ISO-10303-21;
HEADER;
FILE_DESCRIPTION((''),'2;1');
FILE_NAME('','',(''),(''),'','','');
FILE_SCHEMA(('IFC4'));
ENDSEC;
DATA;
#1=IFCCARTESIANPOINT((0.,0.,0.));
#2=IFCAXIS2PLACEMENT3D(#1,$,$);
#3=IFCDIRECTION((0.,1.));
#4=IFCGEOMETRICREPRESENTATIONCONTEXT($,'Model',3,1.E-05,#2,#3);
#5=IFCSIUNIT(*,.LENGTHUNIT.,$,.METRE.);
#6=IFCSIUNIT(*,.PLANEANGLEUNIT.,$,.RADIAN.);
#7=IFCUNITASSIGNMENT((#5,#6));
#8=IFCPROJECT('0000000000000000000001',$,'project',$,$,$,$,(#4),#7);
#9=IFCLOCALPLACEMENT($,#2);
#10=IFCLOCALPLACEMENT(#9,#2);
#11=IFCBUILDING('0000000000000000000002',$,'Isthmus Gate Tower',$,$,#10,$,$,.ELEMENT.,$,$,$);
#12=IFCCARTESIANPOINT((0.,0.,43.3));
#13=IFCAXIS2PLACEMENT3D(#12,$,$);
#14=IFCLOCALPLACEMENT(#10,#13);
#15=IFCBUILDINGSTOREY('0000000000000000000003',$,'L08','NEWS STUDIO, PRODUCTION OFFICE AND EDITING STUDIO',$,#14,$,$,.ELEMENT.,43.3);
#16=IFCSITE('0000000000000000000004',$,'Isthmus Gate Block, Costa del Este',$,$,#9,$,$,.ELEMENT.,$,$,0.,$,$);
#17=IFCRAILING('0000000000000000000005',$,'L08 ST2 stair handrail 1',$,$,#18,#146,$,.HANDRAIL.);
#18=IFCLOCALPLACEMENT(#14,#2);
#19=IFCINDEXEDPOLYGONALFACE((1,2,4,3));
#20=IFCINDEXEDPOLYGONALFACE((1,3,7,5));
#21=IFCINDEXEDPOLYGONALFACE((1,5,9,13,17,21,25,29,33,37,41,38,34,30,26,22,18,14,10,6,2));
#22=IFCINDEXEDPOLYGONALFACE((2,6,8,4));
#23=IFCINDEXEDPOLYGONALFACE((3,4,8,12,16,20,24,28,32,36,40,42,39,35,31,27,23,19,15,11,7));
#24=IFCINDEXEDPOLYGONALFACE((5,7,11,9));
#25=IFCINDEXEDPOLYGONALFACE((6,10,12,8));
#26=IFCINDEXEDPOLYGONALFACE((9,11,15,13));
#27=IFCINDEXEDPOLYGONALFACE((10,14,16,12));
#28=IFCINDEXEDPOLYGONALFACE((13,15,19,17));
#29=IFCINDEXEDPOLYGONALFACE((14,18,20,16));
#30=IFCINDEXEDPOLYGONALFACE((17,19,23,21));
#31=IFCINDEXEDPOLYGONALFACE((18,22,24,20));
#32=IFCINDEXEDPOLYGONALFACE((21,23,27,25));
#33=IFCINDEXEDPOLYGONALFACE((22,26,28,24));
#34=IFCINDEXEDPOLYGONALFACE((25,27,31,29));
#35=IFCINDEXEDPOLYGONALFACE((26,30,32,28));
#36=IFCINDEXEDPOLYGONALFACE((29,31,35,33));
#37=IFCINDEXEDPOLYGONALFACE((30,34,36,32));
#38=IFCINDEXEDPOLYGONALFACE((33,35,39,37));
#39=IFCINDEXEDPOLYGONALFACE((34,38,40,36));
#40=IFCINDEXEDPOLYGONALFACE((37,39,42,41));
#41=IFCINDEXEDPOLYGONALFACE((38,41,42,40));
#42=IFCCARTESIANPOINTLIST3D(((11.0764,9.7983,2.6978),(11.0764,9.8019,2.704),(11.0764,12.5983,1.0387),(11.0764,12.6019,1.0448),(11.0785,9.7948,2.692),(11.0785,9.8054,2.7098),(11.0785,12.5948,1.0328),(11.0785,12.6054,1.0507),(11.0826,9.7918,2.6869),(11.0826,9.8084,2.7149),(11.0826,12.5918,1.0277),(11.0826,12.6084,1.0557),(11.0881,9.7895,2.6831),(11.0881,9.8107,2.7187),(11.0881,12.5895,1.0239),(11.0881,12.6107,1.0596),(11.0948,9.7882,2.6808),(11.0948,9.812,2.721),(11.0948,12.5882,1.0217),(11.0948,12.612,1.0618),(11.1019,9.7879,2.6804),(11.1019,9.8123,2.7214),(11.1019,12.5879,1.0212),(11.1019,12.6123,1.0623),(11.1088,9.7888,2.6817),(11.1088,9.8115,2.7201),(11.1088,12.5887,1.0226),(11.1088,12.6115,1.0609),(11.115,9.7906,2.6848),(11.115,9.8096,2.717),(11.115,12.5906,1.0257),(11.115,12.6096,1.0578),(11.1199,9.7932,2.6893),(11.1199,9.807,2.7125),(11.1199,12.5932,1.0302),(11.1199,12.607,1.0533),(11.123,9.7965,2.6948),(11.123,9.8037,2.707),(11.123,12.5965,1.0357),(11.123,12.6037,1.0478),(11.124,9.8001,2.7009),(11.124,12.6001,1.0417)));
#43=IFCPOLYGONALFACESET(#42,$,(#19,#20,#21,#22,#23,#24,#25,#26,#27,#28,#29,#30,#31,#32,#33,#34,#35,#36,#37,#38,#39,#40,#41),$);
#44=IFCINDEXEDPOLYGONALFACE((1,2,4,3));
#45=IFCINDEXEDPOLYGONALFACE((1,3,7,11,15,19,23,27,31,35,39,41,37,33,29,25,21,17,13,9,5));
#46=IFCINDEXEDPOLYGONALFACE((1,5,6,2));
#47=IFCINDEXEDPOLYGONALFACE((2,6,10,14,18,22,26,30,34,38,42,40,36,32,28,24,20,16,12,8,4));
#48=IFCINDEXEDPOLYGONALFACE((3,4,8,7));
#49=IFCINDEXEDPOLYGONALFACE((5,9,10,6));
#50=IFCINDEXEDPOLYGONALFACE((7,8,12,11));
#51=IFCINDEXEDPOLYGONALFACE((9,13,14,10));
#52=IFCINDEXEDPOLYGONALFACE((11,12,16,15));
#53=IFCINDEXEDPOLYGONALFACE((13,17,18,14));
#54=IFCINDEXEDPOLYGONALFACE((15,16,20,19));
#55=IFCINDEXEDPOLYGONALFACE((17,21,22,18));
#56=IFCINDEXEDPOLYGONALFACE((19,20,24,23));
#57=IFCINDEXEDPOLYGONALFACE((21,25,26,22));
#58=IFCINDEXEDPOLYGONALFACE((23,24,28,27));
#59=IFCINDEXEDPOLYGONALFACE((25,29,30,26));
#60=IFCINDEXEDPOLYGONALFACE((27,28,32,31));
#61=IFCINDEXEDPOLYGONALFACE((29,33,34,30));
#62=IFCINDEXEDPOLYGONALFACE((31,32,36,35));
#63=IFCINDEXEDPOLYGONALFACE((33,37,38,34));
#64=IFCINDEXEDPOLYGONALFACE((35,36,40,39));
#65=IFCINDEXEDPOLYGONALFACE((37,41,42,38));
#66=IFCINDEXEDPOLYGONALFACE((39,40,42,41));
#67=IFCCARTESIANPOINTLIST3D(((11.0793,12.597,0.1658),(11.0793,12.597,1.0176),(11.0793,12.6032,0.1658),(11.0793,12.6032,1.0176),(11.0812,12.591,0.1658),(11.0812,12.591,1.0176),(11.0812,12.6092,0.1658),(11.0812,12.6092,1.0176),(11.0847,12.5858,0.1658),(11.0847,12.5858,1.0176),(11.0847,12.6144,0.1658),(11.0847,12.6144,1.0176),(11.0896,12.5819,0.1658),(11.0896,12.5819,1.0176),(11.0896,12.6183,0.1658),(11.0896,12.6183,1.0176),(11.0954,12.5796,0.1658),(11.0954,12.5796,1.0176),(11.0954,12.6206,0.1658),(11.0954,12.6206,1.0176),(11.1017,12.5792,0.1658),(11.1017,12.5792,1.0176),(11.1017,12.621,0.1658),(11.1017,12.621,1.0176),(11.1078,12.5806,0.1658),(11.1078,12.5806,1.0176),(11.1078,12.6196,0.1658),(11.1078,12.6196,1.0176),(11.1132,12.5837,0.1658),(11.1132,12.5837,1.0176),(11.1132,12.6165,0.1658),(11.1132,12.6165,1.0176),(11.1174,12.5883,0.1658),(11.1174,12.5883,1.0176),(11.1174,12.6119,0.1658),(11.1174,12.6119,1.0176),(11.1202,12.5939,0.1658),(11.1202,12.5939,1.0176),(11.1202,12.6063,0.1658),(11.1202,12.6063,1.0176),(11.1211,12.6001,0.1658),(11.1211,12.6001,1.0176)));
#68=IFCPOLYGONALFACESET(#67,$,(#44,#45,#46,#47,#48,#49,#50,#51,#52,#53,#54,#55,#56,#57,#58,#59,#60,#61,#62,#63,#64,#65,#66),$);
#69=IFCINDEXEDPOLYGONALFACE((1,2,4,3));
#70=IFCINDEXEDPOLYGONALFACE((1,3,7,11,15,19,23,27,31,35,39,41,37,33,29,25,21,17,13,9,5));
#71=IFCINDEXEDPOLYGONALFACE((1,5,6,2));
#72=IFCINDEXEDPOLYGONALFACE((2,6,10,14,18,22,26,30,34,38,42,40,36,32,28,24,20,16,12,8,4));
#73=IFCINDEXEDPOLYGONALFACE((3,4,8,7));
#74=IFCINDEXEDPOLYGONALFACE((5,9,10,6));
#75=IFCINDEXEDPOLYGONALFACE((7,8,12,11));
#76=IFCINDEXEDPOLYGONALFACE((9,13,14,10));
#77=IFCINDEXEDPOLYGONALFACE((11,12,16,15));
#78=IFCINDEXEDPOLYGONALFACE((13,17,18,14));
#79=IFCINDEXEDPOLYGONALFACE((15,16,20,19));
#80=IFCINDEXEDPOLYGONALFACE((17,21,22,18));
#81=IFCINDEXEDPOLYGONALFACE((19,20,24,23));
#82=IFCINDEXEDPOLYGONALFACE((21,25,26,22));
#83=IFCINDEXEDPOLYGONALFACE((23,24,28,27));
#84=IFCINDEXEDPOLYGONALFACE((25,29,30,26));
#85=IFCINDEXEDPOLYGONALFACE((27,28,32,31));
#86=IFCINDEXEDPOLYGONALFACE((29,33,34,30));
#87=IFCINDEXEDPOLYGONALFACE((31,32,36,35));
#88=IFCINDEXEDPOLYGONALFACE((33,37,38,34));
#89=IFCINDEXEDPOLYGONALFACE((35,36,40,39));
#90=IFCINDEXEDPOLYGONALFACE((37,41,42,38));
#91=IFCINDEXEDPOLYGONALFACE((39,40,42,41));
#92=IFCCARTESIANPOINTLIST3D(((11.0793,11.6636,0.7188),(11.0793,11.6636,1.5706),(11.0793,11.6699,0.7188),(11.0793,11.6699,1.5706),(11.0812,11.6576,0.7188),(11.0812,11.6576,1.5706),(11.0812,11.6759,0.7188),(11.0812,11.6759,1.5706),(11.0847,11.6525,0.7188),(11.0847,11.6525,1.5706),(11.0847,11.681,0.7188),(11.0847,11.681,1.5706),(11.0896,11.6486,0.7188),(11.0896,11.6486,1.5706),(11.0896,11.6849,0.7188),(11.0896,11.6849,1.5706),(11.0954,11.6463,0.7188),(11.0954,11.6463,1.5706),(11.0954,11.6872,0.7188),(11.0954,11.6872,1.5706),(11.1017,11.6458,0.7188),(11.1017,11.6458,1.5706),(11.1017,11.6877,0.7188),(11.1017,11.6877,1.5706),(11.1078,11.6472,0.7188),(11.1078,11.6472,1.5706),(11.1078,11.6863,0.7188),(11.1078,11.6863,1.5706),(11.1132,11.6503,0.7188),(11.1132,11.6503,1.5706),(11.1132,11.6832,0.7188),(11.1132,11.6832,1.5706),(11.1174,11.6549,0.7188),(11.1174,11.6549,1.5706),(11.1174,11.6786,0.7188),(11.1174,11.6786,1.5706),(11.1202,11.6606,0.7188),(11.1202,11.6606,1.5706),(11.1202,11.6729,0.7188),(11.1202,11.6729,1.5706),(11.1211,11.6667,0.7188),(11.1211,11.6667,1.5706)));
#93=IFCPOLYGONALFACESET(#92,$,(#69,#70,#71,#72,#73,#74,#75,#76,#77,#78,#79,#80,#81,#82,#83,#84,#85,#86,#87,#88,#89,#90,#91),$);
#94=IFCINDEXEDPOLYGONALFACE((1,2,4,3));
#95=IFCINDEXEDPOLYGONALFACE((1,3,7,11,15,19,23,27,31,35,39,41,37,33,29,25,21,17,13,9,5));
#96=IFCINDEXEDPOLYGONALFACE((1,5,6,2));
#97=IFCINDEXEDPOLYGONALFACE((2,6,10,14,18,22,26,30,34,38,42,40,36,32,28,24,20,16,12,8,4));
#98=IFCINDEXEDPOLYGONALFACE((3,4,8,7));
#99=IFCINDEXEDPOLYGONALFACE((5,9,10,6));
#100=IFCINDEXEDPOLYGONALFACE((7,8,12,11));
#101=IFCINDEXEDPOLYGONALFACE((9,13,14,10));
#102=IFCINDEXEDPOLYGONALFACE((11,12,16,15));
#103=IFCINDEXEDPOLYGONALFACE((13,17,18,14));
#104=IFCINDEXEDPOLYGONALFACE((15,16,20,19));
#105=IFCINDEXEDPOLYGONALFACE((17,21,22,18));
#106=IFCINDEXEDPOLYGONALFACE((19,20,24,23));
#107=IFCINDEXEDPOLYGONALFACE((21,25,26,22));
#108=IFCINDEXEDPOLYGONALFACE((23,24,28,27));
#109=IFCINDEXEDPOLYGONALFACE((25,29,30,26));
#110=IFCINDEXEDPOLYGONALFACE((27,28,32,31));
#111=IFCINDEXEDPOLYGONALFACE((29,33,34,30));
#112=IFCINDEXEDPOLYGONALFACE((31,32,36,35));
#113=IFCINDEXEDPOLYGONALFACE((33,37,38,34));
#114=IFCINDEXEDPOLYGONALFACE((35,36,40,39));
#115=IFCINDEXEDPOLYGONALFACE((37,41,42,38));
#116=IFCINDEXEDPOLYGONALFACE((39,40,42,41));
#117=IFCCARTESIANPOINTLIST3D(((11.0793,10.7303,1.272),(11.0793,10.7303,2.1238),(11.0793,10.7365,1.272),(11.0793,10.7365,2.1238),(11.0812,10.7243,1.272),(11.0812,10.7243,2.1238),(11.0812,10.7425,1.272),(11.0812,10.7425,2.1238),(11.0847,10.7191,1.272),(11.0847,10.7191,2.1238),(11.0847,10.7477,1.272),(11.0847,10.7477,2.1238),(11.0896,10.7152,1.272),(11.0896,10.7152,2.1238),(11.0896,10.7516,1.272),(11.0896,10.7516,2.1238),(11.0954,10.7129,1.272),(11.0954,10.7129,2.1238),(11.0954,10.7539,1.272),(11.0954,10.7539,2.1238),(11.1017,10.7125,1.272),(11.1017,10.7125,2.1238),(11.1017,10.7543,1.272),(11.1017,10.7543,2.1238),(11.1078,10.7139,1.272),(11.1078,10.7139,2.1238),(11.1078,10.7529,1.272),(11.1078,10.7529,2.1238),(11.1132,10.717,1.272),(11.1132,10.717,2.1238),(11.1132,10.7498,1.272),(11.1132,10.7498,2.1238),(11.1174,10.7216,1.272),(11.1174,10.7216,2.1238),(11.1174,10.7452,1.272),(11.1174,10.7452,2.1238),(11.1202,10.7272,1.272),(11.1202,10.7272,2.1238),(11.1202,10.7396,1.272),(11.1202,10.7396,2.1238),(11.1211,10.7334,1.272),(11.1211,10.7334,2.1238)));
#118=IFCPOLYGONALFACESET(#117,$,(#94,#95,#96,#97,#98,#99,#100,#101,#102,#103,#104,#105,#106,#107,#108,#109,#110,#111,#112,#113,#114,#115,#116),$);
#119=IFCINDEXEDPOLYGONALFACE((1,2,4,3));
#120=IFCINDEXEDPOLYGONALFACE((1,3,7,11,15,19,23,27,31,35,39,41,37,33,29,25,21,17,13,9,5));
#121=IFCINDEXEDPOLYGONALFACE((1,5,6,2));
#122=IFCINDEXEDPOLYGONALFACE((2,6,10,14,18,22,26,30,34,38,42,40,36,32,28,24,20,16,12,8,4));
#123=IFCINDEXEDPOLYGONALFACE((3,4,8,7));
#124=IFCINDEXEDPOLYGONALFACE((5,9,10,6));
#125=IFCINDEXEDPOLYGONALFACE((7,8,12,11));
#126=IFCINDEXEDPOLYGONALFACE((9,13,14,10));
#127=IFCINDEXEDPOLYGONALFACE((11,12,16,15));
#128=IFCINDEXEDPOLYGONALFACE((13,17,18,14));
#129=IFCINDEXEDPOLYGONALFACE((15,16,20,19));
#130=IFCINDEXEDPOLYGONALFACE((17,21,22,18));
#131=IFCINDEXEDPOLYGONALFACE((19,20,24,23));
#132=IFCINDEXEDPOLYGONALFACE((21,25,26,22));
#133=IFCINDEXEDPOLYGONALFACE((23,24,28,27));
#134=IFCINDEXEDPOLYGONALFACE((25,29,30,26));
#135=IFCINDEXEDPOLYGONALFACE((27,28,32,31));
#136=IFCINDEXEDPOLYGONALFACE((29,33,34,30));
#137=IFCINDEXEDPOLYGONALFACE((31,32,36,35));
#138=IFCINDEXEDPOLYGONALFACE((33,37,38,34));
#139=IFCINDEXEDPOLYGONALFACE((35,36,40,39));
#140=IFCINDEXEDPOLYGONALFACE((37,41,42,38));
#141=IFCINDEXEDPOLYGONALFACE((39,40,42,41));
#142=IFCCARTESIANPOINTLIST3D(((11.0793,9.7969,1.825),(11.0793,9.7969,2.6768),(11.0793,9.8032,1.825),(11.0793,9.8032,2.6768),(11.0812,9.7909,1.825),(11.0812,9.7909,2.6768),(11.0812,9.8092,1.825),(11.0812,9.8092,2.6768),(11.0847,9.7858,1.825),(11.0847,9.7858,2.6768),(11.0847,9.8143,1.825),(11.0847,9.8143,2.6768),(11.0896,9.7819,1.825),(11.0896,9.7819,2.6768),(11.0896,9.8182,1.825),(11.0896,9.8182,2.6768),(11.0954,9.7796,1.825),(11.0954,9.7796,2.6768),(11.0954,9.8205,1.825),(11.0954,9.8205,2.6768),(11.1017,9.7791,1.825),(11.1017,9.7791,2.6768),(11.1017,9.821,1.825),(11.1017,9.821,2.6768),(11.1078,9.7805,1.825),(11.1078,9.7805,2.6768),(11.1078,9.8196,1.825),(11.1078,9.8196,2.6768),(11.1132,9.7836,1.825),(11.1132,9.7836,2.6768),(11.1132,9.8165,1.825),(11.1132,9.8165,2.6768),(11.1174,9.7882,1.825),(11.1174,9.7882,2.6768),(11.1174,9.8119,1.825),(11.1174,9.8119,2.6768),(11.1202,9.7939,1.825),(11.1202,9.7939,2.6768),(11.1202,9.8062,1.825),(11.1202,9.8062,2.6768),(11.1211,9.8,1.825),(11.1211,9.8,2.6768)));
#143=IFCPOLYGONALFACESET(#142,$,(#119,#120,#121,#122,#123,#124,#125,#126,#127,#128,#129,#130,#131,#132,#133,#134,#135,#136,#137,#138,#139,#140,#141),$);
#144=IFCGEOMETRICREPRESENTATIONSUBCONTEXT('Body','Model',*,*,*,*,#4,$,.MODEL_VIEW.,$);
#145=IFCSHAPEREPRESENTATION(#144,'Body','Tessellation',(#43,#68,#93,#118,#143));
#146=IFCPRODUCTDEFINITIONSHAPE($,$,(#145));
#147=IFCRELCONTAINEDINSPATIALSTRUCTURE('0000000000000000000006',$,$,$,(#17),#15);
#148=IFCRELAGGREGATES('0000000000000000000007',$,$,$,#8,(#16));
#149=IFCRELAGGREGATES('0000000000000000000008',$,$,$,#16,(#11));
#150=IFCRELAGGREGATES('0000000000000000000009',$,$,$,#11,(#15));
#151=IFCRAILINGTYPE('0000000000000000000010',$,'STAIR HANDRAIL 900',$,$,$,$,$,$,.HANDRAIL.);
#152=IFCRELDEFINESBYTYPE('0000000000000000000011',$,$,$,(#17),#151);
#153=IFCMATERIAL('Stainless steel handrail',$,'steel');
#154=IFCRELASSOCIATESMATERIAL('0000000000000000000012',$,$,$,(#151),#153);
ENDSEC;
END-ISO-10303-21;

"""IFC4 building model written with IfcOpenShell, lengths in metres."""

from ifc_helpers import new_model, si_unit, direction, frame, origin, origin_2d, place, context, subcontext, project, spatial, circle, extrude, material, type_object, element, save


model = new_model("IFC4")

# Units and contexts
model_context = context("Model", 3, precision=1e-05, world=origin(), true_north=direction((0.0, 1.0)))
body_context = subcontext(model_context, "Body", "Model", "MODEL_VIEW")
ifc_project = project(units=[si_unit("LENGTHUNIT", "METRE"), si_unit("PLANEANGLEUNIT", "RADIAN")], contexts=[model_context])

# Site, building, storey
site_placement = place(None, origin())
site = spatial("IfcSite", under=ifc_project, at=site_placement, Name="Isthmus Gate Block, Costa del Este", CompositionType="ELEMENT", RefElevation=0.0)
building_placement = place(site_placement, origin())
building = spatial("IfcBuilding", under=site, at=building_placement, Name="Isthmus Gate Tower", CompositionType="ELEMENT")
storey_placement = place(building_placement, frame((0.0, 0.0, 43.3)))
storey = spatial("IfcBuildingStorey", under=building, at=storey_placement, Name="L08", Description="NEWS STUDIO, PRODUCTION OFFICE AND EDITING STUDIO", CompositionType="ELEMENT", Elevation=43.3)

# Railing
ifc_material_1 = material(Name="Stainless steel handrail", Category="steel")
railing_type_1 = type_object("IfcRailingType", Name="STAIR HANDRAIL 900", PredefinedType="HANDRAIL", material=ifc_material_1)
railing_1_placement = place(storey_placement, frame((11.1001, 12.6001, 0.1658)))
element("IfcRailing", 1, at=railing_1_placement, inside=storey, type_object=railing_type_1, Name="L08 ST2 stair handrail 1", PredefinedType="HANDRAIL", context=body_context, shape_type="SweptSolid", body=[
    extrude(circle(Radius=0.0239, at=origin_2d()), frame((0.0, 0.0, 0.876), z_axis=(0.0, -0.860306, 0.509778), x_axis=(1.0, 0.0, 0.0)), (0.0, 0.0, 1.0), 3.2546),
    extrude(circle(Radius=0.021, at=origin_2d()), origin(), (0.0, 0.0, 1.0), 0.8518),
    extrude(circle(Radius=0.021, at=origin_2d()), frame((0.0, -0.9333, 0.553)), (0.0, 0.0, 1.0), 0.8518),
    extrude(circle(Radius=0.021, at=origin_2d()), frame((0.0, -1.8667, 1.1062)), (0.0, 0.0, 1.0), 0.8518),
    extrude(circle(Radius=0.021, at=origin_2d()), frame((0.0, -2.8, 1.6592)), (0.0, 0.0, 1.0), 0.8518),
])

save(model, "model.ifc")
